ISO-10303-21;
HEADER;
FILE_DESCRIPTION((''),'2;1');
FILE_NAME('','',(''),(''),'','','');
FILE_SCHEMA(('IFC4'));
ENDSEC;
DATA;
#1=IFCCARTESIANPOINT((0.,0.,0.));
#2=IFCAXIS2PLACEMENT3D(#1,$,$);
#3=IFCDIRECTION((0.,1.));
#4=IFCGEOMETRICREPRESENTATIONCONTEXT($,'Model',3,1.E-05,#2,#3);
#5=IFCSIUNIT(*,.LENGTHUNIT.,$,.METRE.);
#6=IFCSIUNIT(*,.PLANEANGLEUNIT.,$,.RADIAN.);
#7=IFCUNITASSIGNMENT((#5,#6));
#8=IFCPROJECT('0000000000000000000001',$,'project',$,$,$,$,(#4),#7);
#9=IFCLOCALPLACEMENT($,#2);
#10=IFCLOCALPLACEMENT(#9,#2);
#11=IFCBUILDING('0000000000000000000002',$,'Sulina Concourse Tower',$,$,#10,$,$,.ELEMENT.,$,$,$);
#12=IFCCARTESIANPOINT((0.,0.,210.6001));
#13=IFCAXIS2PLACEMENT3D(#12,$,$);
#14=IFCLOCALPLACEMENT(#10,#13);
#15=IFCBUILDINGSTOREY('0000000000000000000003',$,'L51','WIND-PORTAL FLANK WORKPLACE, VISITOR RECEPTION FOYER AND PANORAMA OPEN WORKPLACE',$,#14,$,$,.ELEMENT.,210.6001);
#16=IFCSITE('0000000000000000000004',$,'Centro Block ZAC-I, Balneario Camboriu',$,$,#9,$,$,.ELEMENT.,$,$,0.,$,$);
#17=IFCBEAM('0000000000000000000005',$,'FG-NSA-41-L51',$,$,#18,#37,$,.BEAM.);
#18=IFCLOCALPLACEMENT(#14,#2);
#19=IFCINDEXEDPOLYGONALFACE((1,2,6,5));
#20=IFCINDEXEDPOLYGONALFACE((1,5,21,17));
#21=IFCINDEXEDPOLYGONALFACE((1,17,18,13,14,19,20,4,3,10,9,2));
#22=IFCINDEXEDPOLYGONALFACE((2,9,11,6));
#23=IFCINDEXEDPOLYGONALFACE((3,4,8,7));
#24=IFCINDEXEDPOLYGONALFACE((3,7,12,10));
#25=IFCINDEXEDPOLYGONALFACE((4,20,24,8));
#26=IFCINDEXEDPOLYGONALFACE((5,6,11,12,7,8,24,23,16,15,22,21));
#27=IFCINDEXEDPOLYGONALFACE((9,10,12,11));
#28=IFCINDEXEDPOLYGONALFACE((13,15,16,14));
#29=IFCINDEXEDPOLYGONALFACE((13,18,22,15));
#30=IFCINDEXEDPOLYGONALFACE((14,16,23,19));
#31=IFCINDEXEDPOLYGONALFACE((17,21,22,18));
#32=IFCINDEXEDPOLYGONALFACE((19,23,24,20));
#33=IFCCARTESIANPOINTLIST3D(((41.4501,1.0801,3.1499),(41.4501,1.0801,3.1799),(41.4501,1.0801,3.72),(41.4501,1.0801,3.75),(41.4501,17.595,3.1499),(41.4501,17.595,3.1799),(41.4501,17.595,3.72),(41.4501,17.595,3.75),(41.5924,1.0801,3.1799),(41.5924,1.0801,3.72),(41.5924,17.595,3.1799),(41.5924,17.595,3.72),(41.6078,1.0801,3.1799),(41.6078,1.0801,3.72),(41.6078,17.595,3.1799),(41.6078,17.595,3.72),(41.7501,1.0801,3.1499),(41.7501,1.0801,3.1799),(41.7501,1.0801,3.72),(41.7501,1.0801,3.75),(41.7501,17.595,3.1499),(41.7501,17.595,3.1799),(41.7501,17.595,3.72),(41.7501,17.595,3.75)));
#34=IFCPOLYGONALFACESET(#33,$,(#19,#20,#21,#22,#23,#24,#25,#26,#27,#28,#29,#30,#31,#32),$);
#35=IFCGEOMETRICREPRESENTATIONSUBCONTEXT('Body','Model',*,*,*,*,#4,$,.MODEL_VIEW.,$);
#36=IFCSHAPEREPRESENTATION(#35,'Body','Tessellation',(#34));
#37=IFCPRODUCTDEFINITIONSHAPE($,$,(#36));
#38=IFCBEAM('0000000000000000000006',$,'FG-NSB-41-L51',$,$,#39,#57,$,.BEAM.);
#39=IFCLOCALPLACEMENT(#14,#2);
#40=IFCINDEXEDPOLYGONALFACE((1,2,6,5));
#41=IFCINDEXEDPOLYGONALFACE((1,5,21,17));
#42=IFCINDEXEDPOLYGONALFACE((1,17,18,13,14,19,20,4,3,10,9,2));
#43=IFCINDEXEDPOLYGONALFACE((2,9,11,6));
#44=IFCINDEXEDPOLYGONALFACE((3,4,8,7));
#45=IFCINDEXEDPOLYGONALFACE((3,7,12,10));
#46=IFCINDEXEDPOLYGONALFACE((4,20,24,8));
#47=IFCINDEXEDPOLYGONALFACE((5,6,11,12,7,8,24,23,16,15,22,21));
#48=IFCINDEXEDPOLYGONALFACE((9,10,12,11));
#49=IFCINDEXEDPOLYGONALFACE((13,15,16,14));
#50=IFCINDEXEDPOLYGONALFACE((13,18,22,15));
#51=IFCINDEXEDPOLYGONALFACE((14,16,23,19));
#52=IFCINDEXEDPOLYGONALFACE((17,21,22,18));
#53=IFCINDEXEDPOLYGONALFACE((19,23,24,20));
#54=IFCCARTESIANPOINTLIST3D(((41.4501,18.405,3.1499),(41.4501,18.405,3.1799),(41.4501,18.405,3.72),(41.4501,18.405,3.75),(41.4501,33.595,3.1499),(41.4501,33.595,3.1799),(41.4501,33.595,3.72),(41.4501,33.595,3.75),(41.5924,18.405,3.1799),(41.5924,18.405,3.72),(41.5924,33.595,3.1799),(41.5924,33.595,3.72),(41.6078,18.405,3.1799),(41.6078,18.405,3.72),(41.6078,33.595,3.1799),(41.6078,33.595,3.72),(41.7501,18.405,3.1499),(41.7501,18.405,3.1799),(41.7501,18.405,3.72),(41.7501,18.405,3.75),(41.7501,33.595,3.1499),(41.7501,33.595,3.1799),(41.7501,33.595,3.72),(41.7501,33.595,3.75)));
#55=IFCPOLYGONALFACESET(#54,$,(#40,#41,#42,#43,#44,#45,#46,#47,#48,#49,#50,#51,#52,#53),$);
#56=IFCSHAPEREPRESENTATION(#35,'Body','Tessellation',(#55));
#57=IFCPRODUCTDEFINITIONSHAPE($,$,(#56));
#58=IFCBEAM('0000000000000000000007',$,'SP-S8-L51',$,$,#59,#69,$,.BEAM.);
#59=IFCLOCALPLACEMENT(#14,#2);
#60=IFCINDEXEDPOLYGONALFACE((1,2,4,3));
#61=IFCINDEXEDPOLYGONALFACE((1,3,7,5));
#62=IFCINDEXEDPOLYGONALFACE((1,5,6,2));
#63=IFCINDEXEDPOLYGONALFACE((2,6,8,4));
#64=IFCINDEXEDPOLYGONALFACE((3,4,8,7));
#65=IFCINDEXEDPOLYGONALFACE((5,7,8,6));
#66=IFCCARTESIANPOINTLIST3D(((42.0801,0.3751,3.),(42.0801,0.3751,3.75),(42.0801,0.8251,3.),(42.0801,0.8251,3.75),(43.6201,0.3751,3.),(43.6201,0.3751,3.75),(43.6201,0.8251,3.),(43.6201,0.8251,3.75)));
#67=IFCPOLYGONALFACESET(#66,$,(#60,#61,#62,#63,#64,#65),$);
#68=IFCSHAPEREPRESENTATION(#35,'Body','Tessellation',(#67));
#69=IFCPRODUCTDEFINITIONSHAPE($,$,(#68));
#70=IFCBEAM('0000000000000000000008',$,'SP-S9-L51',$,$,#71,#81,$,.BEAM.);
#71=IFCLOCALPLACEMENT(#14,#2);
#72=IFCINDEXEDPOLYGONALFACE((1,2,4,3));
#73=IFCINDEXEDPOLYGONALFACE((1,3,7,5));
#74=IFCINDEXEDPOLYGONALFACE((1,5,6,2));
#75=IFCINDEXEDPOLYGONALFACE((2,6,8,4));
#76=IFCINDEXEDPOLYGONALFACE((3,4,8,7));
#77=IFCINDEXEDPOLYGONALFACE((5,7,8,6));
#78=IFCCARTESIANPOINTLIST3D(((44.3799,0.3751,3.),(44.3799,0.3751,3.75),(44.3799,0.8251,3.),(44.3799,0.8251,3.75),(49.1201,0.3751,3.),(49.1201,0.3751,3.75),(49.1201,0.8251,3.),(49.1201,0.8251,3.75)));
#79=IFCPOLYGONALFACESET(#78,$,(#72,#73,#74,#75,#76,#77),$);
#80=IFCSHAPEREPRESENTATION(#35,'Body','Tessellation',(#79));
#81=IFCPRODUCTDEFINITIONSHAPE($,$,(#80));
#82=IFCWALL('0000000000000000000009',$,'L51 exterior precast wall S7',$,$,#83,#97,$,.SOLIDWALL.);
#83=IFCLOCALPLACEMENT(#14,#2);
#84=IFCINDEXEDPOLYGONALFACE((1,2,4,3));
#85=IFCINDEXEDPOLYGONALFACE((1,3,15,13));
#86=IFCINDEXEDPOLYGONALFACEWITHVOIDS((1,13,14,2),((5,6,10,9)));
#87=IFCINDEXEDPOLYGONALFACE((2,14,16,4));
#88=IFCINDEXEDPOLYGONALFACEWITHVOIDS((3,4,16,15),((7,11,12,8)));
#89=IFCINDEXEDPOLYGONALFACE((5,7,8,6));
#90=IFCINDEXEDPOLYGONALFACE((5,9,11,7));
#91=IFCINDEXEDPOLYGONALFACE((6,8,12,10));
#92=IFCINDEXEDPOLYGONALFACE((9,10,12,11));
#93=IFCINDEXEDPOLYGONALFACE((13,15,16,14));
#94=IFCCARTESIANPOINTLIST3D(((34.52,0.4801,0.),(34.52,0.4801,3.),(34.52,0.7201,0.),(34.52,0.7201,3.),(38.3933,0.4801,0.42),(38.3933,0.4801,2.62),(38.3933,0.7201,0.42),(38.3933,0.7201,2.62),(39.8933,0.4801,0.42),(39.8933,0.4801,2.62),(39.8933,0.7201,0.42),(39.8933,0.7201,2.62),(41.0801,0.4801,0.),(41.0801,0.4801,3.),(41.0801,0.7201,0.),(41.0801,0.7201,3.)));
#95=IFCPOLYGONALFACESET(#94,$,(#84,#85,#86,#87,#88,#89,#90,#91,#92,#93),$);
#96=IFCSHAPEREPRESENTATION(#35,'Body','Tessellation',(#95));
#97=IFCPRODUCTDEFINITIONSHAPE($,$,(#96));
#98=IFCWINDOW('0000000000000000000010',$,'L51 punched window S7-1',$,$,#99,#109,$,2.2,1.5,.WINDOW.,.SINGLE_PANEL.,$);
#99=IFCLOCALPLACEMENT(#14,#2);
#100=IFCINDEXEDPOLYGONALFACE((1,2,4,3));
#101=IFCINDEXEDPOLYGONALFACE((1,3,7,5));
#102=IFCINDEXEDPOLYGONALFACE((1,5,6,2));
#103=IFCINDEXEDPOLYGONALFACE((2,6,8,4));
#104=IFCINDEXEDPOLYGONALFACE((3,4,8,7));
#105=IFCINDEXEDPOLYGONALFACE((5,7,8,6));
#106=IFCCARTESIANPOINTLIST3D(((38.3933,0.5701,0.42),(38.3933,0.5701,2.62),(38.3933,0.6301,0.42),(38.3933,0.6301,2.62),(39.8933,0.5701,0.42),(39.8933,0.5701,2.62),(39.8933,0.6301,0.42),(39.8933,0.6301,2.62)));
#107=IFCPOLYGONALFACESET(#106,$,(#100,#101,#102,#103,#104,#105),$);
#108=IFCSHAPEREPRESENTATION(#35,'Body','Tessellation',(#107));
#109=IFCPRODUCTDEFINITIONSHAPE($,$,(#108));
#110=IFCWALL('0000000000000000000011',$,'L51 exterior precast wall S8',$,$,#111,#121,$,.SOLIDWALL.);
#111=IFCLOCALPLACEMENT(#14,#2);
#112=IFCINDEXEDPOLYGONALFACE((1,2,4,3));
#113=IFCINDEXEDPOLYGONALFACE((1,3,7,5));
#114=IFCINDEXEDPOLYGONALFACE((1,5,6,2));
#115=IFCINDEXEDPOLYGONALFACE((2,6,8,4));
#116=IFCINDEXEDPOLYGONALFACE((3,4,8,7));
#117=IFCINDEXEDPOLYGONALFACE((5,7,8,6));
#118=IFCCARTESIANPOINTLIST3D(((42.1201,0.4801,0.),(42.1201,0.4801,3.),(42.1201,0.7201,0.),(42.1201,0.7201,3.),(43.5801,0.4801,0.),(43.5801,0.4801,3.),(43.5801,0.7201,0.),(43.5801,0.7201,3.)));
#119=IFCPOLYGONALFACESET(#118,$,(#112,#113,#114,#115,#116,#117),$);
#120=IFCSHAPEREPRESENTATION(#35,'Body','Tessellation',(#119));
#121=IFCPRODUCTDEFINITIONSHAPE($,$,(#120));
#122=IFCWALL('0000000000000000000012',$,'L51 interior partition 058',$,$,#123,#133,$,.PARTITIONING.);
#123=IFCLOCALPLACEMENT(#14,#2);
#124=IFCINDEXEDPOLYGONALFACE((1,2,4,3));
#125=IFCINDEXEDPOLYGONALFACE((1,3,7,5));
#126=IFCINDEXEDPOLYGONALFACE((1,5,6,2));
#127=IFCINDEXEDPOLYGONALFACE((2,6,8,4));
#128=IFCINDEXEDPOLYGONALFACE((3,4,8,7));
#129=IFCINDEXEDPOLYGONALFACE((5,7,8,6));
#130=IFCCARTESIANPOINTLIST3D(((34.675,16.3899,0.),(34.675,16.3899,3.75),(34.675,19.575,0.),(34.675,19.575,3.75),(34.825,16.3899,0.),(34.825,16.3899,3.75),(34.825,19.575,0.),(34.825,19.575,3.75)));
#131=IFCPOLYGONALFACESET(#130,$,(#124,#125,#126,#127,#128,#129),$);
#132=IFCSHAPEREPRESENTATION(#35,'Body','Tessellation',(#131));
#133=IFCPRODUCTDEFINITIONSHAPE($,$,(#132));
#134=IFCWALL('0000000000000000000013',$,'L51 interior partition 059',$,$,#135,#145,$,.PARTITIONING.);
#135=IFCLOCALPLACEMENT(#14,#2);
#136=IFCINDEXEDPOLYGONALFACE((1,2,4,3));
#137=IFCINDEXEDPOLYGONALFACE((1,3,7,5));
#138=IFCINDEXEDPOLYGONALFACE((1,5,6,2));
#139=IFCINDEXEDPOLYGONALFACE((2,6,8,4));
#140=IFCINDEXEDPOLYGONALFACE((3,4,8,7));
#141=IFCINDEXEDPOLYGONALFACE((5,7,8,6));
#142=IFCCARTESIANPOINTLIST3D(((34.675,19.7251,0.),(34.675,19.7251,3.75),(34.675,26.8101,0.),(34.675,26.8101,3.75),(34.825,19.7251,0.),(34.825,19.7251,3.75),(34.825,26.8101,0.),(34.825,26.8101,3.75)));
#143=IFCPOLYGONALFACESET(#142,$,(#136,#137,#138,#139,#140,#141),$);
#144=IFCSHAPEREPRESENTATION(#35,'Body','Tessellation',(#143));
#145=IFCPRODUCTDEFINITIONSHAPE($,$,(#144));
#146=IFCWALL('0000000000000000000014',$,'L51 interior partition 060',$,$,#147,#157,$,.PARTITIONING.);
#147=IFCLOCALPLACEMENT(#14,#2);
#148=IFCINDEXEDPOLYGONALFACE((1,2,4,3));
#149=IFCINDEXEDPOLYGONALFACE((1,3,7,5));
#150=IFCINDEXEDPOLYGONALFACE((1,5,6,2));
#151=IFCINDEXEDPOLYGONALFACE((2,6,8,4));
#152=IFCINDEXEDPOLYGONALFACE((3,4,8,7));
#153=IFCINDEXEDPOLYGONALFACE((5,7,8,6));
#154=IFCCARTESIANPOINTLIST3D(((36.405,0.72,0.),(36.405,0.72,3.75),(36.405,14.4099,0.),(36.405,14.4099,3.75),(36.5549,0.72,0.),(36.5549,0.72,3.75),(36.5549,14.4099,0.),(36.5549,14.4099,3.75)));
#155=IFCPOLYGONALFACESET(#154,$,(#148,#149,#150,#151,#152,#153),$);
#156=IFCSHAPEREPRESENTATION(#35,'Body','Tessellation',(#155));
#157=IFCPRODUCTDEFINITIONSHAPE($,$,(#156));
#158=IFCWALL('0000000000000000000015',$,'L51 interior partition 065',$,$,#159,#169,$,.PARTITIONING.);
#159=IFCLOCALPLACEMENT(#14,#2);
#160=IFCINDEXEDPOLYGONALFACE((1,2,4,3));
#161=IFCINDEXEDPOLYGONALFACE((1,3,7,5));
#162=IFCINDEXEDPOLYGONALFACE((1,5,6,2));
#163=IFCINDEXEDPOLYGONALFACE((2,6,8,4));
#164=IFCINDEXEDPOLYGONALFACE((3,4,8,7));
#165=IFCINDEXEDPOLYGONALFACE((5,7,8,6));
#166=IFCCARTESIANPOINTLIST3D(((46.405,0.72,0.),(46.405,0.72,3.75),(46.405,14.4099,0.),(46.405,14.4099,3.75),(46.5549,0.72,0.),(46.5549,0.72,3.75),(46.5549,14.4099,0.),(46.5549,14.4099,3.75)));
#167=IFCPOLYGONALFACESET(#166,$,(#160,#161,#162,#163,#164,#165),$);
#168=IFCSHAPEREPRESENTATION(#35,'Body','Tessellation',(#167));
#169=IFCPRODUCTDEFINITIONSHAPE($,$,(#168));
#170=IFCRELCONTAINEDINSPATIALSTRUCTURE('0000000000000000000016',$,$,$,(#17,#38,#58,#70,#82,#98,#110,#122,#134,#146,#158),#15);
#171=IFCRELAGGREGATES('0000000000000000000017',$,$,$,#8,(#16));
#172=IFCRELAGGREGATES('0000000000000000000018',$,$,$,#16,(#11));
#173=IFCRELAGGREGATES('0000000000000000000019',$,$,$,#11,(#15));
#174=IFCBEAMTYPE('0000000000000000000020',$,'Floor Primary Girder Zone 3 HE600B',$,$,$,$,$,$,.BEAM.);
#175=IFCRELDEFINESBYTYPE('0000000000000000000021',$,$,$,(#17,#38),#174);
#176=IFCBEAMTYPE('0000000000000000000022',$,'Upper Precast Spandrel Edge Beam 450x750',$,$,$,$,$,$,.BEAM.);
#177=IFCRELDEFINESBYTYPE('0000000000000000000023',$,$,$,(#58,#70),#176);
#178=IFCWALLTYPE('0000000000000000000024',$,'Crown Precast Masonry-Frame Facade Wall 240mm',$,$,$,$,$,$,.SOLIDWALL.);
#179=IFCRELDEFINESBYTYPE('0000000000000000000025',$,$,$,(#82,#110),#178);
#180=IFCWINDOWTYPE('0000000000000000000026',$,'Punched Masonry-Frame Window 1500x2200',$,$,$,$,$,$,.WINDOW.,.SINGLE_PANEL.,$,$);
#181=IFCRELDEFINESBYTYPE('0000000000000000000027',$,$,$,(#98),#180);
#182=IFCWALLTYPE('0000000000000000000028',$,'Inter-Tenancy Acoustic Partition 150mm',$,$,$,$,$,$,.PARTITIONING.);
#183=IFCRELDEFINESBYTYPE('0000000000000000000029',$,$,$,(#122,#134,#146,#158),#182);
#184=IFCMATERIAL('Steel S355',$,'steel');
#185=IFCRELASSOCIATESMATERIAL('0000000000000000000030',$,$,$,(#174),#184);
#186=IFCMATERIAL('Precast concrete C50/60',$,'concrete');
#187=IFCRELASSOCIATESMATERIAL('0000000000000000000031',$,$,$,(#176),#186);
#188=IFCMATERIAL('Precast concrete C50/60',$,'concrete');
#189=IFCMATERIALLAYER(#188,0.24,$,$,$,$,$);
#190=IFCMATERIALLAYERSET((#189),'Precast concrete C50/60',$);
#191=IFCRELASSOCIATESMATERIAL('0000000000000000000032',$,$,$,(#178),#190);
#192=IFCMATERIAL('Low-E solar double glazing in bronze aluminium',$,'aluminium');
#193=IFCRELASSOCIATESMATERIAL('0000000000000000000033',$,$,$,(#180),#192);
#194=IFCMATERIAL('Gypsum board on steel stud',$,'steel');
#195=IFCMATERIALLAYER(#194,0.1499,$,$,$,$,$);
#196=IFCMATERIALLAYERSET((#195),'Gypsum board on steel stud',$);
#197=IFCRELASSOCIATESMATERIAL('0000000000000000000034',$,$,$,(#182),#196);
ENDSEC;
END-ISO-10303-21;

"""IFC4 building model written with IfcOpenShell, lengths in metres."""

from ifc_helpers import new_model, si_unit, direction, frame, frame_2d, origin, origin_2d, place, context, subcontext, project, spatial, rectangle, i_section, extrude, material, layer, layer_set, material_profile, profile_set, type_object, element, fill, save


model = new_model("IFC4")

# Units and contexts
model_context = context("Model", 3, precision=1e-05, world=origin(), true_north=direction((0.0, 1.0)))
body_context = subcontext(model_context, "Body", "Model", "MODEL_VIEW")
ifc_project = project(units=[si_unit("LENGTHUNIT", "METRE"), si_unit("PLANEANGLEUNIT", "RADIAN")], contexts=[model_context])

# Site, building, storey
site_placement = place(None, origin())
site = spatial("IfcSite", under=ifc_project, at=site_placement, Name="Centro Block ZAC-I, Balneario Camboriu", CompositionType="ELEMENT", RefElevation=0.0)
building_placement = place(site_placement, origin())
building = spatial("IfcBuilding", under=site, at=building_placement, Name="Sulina Concourse Tower", CompositionType="ELEMENT")
storey_placement = place(building_placement, frame((0.0, 0.0, 210.6001)))
storey = spatial("IfcBuildingStorey", under=building, at=storey_placement, Name="L51", Description="WIND-PORTAL FLANK WORKPLACE, VISITOR RECEPTION FOYER AND PANORAMA OPEN WORKPLACE", CompositionType="ELEMENT", Elevation=210.6001)

# Beams
ifc_material_1 = material(Name="Steel S355", Category="steel")
ifc_material_profile_1 = material_profile(ifc_material_1, i_section(OverallWidth=0.3, OverallDepth=0.6001, WebThickness=0.0154, FlangeThickness=0.03, at=origin_2d()), Name="HE 600 B")
ifc_profile_set_1 = profile_set([ifc_material_profile_1], Name="Steel S355")
beam_type_1 = type_object("IfcBeamType", Name="Floor Primary Girder Zone 3 HE600B", PredefinedType="BEAM", material=ifc_profile_set_1)
beam_1_placement = place(storey_placement, frame((41.6001, 1.0801, 3.45), z_axis=(0.0, 1.0, 0.0), x_axis=(-1.0, 0.0, 0.0)))
element("IfcBeam", 1, at=beam_1_placement, inside=storey, type_object=beam_type_1, Name="FG-NSA-41-L51", PredefinedType="BEAM", context=body_context, shape_type="SweptSolid", body=[
    extrude(i_section(OverallWidth=0.3, OverallDepth=0.6001, WebThickness=0.0154, FlangeThickness=0.03, at=origin_2d()), origin(), (0.0, 0.0, 1.0), 16.5149),
])
beam_2_placement = place(storey_placement, frame((41.6001, 18.405, 3.45), z_axis=(0.0, 1.0, 0.0), x_axis=(-1.0, 0.0, 0.0)))
element("IfcBeam", 2, at=beam_2_placement, inside=storey, type_object=beam_type_1, Name="FG-NSB-41-L51", PredefinedType="BEAM", context=body_context, shape_type="SweptSolid", body=[
    extrude(i_section(OverallWidth=0.3, OverallDepth=0.6001, WebThickness=0.0154, FlangeThickness=0.03, at=origin_2d()), origin(), (0.0, 0.0, 1.0), 15.1899),
])
ifc_material_2 = material(Name="Precast concrete C50/60", Category="concrete")
ifc_material_profile_2 = material_profile(ifc_material_2, rectangle(XDim=0.45, YDim=0.75, at=origin_2d()), Name="RC 450x750")
ifc_profile_set_2 = profile_set([ifc_material_profile_2], Name="Precast concrete C50/60")
beam_type_2 = type_object("IfcBeamType", Name="Upper Precast Spandrel Edge Beam 450x750", PredefinedType="BEAM", material=ifc_profile_set_2)
beam_3_placement = place(storey_placement, frame((42.0801, 0.6001, 3.375), z_axis=(1.0, 0.0, 0.0), x_axis=(0.0, 1.0, 0.0)))
element("IfcBeam", 3, at=beam_3_placement, inside=storey, type_object=beam_type_2, Name="SP-S8-L51", PredefinedType="BEAM", context=body_context, shape_type="SweptSolid", body=[
    extrude(rectangle(XDim=0.45, YDim=0.75, at=origin_2d()), origin(), (0.0, 0.0, 1.0), 1.54),
])
beam_4_placement = place(storey_placement, frame((44.3799, 0.6001, 3.375), z_axis=(1.0, 0.0, 0.0), x_axis=(0.0, 1.0, 0.0)))
element("IfcBeam", 4, at=beam_4_placement, inside=storey, type_object=beam_type_2, Name="SP-S9-L51", PredefinedType="BEAM", context=body_context, shape_type="SweptSolid", body=[
    extrude(rectangle(XDim=0.45, YDim=0.75, at=origin_2d()), origin(), (0.0, 0.0, 1.0), 4.7402),
])

# Wall, opening, window
ifc_material_3 = material(Name="Precast concrete C50/60", Category="concrete")
ifc_layer_1 = layer(ifc_material_3, 0.24)
ifc_layer_set_1 = layer_set([ifc_layer_1], Name="Precast concrete C50/60")
wall_type_1 = type_object("IfcWallType", Name="Crown Precast Masonry-Frame Facade Wall 240mm", PredefinedType="SOLIDWALL", material=ifc_layer_set_1)
wall_1_placement = place(storey_placement, frame((41.0801, 0.6001, 0.0), z_axis=(0.0, 0.0, 1.0), x_axis=(-1.0, 0.0, 0.0)))
wall_1 = element("IfcWall", 5, at=wall_1_placement, inside=storey, type_object=wall_type_1, Name="L51 exterior precast wall S7", PredefinedType="SOLIDWALL", context=body_context, shape_type="SweptSolid", body=[
    extrude(rectangle(XDim=6.5601, YDim=0.24, at=frame_2d((3.28, 0.0))), origin(), (0.0, 0.0, 1.0), 3.0),
])
opening_1_placement = place(wall_1_placement, frame((1.1868, 0.0, 0.4199)))
opening_1 = element("IfcOpeningElement", 6, at=opening_1_placement, cuts=wall_1, PredefinedType="OPENING", context=body_context, shape_type="SweptSolid", body=[
    extrude(rectangle(XDim=1.5, YDim=2.2, at=frame_2d((0.75, 1.1001))), frame((0.0, 0.1299, 0.0), z_axis=(0.0, -1.0, 0.0), x_axis=(1.0, 0.0, 0.0)), (0.0, 0.0, 1.0), 0.26),
])
ifc_material_4 = material(Name="Low-E solar double glazing in bronze aluminium", Category="aluminium")
window_type = type_object("IfcWindowType", Name="Punched Masonry-Frame Window 1500x2200", PartitioningType="SINGLE_PANEL", PredefinedType="WINDOW", material=ifc_material_4)
window_placement = place(opening_1_placement, origin())
window = element("IfcWindow", 7, at=window_placement, inside=storey, type_object=window_type, Name="L51 punched window S7-1", OverallHeight=2.2, OverallWidth=1.5, PartitioningType="SINGLE_PANEL", PredefinedType="WINDOW", context=body_context, shape_type="SweptSolid", body=[
    extrude(rectangle(XDim=1.5, YDim=2.2, at=frame_2d((0.75, 1.1001))), frame((0.0, 0.03, 0.0), z_axis=(0.0, -1.0, 0.0), x_axis=(1.0, 0.0, 0.0)), (0.0, 0.0, 1.0), 0.0601),
])
fill(opening_1, window)

# Walls
wall_2_placement = place(storey_placement, frame((43.5801, 0.6001, 0.0), z_axis=(0.0, 0.0, 1.0), x_axis=(-1.0, 0.0, 0.0)))
element("IfcWall", 8, at=wall_2_placement, inside=storey, type_object=wall_type_1, Name="L51 exterior precast wall S8", PredefinedType="SOLIDWALL", context=body_context, shape_type="SweptSolid", body=[
    extrude(rectangle(XDim=1.46, YDim=0.24, at=frame_2d((0.73, 0.0))), origin(), (0.0, 0.0, 1.0), 3.0),
])
ifc_material_5 = material(Name="Gypsum board on steel stud", Category="steel")
ifc_layer_2 = layer(ifc_material_5, 0.1499)
ifc_layer_set_2 = layer_set([ifc_layer_2], Name="Gypsum board on steel stud")
wall_type_2 = type_object("IfcWallType", Name="Inter-Tenancy Acoustic Partition 150mm", PredefinedType="PARTITIONING", material=ifc_layer_set_2)
wall_3_placement = place(storey_placement, frame((34.75, 16.3899, 0.0), z_axis=(0.0, 0.0, 1.0), x_axis=(0.0, 1.0, 0.0)))
element("IfcWall", 9, at=wall_3_placement, inside=storey, type_object=wall_type_2, Name="L51 interior partition 058", PredefinedType="PARTITIONING", context=body_context, shape_type="SweptSolid", body=[
    extrude(rectangle(XDim=3.1851, YDim=0.1499, at=frame_2d((1.5925, 0.0))), origin(), (0.0, 0.0, 1.0), 3.75),
])
wall_4_placement = place(storey_placement, frame((34.75, 19.7251, 0.0), z_axis=(0.0, 0.0, 1.0), x_axis=(0.0, 1.0, 0.0)))
element("IfcWall", 10, at=wall_4_placement, inside=storey, type_object=wall_type_2, Name="L51 interior partition 059", PredefinedType="PARTITIONING", context=body_context, shape_type="SweptSolid", body=[
    extrude(rectangle(XDim=7.085, YDim=0.1499, at=frame_2d((3.5425, 0.0))), origin(), (0.0, 0.0, 1.0), 3.75),
])
for number, where, z_axis, x_axis, name in (
    (11, (36.48, 0.72, 0.0), (0.0, 0.0, 1.0), (0.0, 1.0, 0.0), "L51 interior partition 060"),
    (12, (46.48, 0.72, 0.0), (0.0, 0.0, 1.0), (0.0, 1.0, 0.0), "L51 interior partition 065"),
):
    element("IfcWall", number, at=place(storey_placement, frame(where, z_axis=z_axis, x_axis=x_axis)), inside=storey, type_object=wall_type_2, Name=name, PredefinedType="PARTITIONING", context=body_context, shape_type="SweptSolid", body=[
        extrude(rectangle(XDim=13.6899, YDim=0.1499, at=frame_2d((6.845, 0.0))), origin(), (0.0, 0.0, 1.0), 3.75),
    ])

save(model, "model.ifc")
